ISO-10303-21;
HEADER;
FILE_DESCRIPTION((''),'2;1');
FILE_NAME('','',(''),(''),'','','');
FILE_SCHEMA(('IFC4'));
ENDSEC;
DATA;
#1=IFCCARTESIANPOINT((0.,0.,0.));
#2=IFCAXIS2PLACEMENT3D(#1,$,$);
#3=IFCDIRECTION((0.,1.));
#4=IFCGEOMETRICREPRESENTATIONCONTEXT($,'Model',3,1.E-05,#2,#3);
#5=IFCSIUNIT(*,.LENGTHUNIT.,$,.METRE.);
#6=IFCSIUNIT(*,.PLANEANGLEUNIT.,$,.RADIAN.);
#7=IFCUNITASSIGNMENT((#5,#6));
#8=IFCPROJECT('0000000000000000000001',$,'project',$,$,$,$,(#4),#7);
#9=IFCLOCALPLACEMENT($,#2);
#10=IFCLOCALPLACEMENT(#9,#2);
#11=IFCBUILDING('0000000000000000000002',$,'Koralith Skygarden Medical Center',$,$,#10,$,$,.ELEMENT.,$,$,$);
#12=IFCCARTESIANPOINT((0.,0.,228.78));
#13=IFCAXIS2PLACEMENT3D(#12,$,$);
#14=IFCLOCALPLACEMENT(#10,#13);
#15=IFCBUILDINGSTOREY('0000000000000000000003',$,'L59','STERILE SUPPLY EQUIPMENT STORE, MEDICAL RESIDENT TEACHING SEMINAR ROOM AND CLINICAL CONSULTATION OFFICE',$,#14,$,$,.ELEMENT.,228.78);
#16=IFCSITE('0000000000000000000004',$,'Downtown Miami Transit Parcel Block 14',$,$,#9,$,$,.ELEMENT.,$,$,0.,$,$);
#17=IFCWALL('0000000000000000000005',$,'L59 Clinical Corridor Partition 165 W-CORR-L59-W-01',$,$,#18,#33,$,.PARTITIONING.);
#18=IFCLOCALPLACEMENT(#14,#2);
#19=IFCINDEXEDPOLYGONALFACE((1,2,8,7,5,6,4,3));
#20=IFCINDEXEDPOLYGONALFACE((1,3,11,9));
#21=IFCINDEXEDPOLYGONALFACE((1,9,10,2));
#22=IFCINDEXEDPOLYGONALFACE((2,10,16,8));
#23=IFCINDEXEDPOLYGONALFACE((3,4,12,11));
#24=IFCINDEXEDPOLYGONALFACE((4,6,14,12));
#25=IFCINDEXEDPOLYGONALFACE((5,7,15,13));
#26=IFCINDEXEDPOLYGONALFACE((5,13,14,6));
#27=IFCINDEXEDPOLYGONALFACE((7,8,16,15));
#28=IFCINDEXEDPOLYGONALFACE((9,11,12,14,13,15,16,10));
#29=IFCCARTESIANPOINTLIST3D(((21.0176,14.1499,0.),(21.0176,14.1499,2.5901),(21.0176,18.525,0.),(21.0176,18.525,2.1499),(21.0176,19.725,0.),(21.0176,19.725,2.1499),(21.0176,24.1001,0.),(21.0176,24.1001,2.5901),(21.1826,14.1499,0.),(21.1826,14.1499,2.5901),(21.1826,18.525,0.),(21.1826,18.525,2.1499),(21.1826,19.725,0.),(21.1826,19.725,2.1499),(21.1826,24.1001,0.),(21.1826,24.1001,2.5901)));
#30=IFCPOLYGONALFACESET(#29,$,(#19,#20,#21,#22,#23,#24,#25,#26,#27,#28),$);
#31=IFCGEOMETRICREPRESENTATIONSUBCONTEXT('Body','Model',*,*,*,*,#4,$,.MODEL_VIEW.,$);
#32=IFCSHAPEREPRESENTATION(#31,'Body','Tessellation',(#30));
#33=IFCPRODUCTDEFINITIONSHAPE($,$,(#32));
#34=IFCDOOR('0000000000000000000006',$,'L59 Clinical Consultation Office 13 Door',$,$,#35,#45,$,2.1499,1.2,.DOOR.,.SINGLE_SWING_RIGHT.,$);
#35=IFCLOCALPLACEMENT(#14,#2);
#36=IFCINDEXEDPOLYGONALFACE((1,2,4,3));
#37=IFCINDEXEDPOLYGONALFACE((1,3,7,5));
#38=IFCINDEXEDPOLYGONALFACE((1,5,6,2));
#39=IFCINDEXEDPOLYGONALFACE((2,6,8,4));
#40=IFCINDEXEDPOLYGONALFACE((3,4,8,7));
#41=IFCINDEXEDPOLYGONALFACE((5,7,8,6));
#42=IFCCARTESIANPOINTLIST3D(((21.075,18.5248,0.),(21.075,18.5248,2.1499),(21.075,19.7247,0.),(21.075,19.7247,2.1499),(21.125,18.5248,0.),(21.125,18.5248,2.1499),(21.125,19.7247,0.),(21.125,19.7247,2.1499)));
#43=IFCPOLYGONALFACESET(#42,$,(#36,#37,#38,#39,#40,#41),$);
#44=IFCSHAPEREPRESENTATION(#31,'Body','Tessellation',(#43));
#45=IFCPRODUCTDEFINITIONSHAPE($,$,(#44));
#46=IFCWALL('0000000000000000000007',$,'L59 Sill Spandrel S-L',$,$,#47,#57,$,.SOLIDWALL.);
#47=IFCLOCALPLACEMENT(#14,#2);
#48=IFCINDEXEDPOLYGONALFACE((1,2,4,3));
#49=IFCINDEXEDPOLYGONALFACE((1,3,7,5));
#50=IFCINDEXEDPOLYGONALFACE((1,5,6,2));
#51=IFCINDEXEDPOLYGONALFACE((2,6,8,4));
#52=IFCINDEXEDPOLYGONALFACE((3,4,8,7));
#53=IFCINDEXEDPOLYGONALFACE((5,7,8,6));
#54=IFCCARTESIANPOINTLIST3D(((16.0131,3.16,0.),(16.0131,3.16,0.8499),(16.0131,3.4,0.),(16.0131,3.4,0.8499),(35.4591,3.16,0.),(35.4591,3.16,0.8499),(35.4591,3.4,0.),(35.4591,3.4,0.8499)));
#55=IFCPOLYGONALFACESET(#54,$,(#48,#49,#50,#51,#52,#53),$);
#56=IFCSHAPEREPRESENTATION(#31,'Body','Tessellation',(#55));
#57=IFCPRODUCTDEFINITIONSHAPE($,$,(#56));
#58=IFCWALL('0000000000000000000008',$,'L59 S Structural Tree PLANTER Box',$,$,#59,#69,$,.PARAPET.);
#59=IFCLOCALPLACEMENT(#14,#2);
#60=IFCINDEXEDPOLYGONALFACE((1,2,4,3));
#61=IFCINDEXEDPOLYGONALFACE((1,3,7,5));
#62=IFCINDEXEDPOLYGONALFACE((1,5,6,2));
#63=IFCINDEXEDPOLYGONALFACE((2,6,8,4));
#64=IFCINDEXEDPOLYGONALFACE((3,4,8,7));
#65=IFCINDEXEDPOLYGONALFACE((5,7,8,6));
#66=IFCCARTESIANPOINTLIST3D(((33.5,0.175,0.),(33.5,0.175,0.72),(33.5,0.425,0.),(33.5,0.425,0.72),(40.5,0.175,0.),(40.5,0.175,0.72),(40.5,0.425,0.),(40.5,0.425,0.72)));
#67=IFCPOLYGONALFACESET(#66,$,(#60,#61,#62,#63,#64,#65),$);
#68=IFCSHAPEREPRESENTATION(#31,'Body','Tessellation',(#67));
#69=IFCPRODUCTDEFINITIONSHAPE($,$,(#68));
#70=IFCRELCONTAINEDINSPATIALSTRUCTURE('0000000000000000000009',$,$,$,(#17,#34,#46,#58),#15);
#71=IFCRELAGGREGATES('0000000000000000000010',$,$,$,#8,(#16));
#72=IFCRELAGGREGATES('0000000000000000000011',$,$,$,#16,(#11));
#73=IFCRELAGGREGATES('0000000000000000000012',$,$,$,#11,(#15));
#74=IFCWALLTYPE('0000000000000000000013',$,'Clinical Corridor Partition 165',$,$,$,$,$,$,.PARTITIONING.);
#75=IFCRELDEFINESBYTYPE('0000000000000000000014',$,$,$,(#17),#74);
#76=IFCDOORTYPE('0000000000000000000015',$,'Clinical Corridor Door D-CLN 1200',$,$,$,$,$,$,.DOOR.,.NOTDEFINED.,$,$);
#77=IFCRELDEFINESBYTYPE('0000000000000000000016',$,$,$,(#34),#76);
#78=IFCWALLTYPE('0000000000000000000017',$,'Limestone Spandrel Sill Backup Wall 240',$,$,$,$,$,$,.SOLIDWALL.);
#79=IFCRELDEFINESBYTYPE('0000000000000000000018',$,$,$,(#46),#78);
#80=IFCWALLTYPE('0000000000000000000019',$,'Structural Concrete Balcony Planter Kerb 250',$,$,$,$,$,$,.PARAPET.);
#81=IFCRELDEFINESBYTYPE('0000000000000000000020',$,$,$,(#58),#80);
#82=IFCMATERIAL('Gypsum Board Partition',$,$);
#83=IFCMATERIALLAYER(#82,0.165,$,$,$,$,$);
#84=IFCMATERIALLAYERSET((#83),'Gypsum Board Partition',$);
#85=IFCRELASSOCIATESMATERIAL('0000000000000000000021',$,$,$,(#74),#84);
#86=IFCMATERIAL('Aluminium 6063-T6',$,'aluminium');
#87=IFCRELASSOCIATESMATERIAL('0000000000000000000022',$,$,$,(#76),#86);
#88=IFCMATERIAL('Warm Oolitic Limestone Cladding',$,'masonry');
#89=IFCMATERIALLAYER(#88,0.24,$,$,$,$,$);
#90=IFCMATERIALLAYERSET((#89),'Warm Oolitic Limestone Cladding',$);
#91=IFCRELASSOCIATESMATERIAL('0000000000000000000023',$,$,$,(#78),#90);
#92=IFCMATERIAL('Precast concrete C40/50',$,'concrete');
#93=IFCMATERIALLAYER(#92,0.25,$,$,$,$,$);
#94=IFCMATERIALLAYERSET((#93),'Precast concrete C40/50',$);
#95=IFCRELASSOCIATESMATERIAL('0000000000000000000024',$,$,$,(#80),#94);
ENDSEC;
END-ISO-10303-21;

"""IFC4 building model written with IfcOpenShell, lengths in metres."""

from ifc_helpers import new_model, si_unit, direction, frame, frame_2d, origin, place, context, subcontext, project, spatial, rectangle, extrude, material, layer, layer_set, type_object, element, fill, save


model = new_model("IFC4")

# Units and contexts
model_context = context("Model", 3, precision=1e-05, world=origin(), true_north=direction((0.0, 1.0)))
body_context = subcontext(model_context, "Body", "Model", "MODEL_VIEW")
ifc_project = project(units=[si_unit("LENGTHUNIT", "METRE"), si_unit("PLANEANGLEUNIT", "RADIAN")], contexts=[model_context])

# Site, building, storey
site_placement = place(None, origin())
site = spatial("IfcSite", under=ifc_project, at=site_placement, Name="Downtown Miami Transit Parcel Block 14", CompositionType="ELEMENT", RefElevation=0.0)
building_placement = place(site_placement, origin())
building = spatial("IfcBuilding", under=site, at=building_placement, Name="Koralith Skygarden Medical Center", CompositionType="ELEMENT")
storey_placement = place(building_placement, frame((0.0, 0.0, 228.78)))
storey = spatial("IfcBuildingStorey", under=building, at=storey_placement, Name="L59", Description="STERILE SUPPLY EQUIPMENT STORE, MEDICAL RESIDENT TEACHING SEMINAR ROOM AND CLINICAL CONSULTATION OFFICE", CompositionType="ELEMENT", Elevation=228.78)

# Shared definitions
ifc_material_1 = material(Name="Aluminium 6063-T6", Category="aluminium")

# Shared definitions
ifc_material_2 = material(Name="Gypsum Board Partition")

# Wall, opening, door
ifc_layer_1 = layer(ifc_material_2, 0.165)
ifc_layer_set_1 = layer_set([ifc_layer_1], Name="Gypsum Board Partition")
wall_type_1 = type_object("IfcWallType", Name="Clinical Corridor Partition 165", PredefinedType="PARTITIONING", material=ifc_layer_set_1)
wall_1_placement = place(storey_placement, frame((21.1001, 14.1499, 0.0), z_axis=(0.0, 0.0, 1.0), x_axis=(0.0, 1.0, 0.0)))
wall_1 = element("IfcWall", 1, at=wall_1_placement, inside=storey, type_object=wall_type_1, Name="L59 Clinical Corridor Partition 165 W-CORR-L59-W-01", PredefinedType="PARTITIONING", context=body_context, shape_type="SweptSolid", body=[
    extrude(rectangle(XDim=9.9502, YDim=0.165, at=frame_2d((4.9751, 0.0))), origin(), (0.0, 0.0, 1.0), 2.5901),
])
opening_1_placement = place(wall_1_placement, frame((4.375, 0.0, 0.0)))
opening_1 = element("IfcOpeningElement", 2, at=opening_1_placement, cuts=wall_1, PredefinedType="OPENING", context=body_context, shape_type="SweptSolid", body=[
    extrude(rectangle(XDim=1.2, YDim=2.1499, at=frame_2d((0.6001, 1.075))), frame((0.0, 0.0925, 0.0), z_axis=(0.0, -1.0, 0.0), x_axis=(1.0, 0.0, 0.0)), (0.0, 0.0, 1.0), 0.1851),
])
door_type_1 = type_object("IfcDoorType", Name="Clinical Corridor Door D-CLN 1200", OperationType="NOTDEFINED", PredefinedType="DOOR", material=ifc_material_1)
door_1_placement = place(opening_1_placement, frame((1.2, 0.0, 0.0), z_axis=(0.0, 0.0, 1.0), x_axis=(-1.0, 0.0, 0.0)))
door_1 = element("IfcDoor", 3, at=door_1_placement, inside=storey, type_object=door_type_1, Name="L59 Clinical Consultation Office 13 Door", OperationType="SINGLE_SWING_RIGHT", OverallHeight=2.1499, OverallWidth=1.2, PredefinedType="DOOR", context=body_context, shape_type="SweptSolid", body=[
    extrude(rectangle(XDim=1.2, YDim=2.1499, at=frame_2d((0.6001, 1.075))), frame((0.0, 0.0249, 0.0), z_axis=(0.0, -1.0, 0.0), x_axis=(1.0, 0.0, 0.0)), (0.0, 0.0, 1.0), 0.05),
])
fill(opening_1, door_1)

# Walls
ifc_material_3 = material(Name="Warm Oolitic Limestone Cladding", Category="masonry")
ifc_layer_2 = layer(ifc_material_3, 0.24)
ifc_layer_set_2 = layer_set([ifc_layer_2], Name="Warm Oolitic Limestone Cladding")
wall_type_2 = type_object("IfcWallType", Name="Limestone Spandrel Sill Backup Wall 240", PredefinedType="SOLIDWALL", material=ifc_layer_set_2)
wall_2_placement = place(storey_placement, frame((16.0129, 3.28, 0.0), z_axis=(0.0, 0.0, 1.0), x_axis=(1.0, 0.0, 0.0)))
element("IfcWall", 4, at=wall_2_placement, inside=storey, type_object=wall_type_2, Name="L59 Sill Spandrel S-L", PredefinedType="SOLIDWALL", context=body_context, shape_type="SweptSolid", body=[
    extrude(rectangle(XDim=19.446, YDim=0.24, at=frame_2d((9.7231, 0.0))), origin(), (0.0, 0.0, 1.0), 0.8499),
])
ifc_material_4 = material(Name="Precast concrete C40/50", Category="concrete")
ifc_layer_3 = layer(ifc_material_4, 0.25)
ifc_layer_set_3 = layer_set([ifc_layer_3], Name="Precast concrete C40/50")
wall_type_3 = type_object("IfcWallType", Name="Structural Concrete Balcony Planter Kerb 250", PredefinedType="PARAPET", material=ifc_layer_set_3)
wall_3_placement = place(storey_placement, frame((33.5, 0.3, 0.0), z_axis=(0.0, 0.0, 1.0), x_axis=(1.0, 0.0, 0.0)))
element("IfcWall", 5, at=wall_3_placement, inside=storey, type_object=wall_type_3, Name="L59 S Structural Tree PLANTER Box", PredefinedType="PARAPET", context=body_context, shape_type="SweptSolid", body=[
    extrude(rectangle(XDim=7.0, YDim=0.25, at=frame_2d((3.5, 0.0))), origin(), (0.0, 0.0, 1.0), 0.72),
])

save(model, "model.ifc")
